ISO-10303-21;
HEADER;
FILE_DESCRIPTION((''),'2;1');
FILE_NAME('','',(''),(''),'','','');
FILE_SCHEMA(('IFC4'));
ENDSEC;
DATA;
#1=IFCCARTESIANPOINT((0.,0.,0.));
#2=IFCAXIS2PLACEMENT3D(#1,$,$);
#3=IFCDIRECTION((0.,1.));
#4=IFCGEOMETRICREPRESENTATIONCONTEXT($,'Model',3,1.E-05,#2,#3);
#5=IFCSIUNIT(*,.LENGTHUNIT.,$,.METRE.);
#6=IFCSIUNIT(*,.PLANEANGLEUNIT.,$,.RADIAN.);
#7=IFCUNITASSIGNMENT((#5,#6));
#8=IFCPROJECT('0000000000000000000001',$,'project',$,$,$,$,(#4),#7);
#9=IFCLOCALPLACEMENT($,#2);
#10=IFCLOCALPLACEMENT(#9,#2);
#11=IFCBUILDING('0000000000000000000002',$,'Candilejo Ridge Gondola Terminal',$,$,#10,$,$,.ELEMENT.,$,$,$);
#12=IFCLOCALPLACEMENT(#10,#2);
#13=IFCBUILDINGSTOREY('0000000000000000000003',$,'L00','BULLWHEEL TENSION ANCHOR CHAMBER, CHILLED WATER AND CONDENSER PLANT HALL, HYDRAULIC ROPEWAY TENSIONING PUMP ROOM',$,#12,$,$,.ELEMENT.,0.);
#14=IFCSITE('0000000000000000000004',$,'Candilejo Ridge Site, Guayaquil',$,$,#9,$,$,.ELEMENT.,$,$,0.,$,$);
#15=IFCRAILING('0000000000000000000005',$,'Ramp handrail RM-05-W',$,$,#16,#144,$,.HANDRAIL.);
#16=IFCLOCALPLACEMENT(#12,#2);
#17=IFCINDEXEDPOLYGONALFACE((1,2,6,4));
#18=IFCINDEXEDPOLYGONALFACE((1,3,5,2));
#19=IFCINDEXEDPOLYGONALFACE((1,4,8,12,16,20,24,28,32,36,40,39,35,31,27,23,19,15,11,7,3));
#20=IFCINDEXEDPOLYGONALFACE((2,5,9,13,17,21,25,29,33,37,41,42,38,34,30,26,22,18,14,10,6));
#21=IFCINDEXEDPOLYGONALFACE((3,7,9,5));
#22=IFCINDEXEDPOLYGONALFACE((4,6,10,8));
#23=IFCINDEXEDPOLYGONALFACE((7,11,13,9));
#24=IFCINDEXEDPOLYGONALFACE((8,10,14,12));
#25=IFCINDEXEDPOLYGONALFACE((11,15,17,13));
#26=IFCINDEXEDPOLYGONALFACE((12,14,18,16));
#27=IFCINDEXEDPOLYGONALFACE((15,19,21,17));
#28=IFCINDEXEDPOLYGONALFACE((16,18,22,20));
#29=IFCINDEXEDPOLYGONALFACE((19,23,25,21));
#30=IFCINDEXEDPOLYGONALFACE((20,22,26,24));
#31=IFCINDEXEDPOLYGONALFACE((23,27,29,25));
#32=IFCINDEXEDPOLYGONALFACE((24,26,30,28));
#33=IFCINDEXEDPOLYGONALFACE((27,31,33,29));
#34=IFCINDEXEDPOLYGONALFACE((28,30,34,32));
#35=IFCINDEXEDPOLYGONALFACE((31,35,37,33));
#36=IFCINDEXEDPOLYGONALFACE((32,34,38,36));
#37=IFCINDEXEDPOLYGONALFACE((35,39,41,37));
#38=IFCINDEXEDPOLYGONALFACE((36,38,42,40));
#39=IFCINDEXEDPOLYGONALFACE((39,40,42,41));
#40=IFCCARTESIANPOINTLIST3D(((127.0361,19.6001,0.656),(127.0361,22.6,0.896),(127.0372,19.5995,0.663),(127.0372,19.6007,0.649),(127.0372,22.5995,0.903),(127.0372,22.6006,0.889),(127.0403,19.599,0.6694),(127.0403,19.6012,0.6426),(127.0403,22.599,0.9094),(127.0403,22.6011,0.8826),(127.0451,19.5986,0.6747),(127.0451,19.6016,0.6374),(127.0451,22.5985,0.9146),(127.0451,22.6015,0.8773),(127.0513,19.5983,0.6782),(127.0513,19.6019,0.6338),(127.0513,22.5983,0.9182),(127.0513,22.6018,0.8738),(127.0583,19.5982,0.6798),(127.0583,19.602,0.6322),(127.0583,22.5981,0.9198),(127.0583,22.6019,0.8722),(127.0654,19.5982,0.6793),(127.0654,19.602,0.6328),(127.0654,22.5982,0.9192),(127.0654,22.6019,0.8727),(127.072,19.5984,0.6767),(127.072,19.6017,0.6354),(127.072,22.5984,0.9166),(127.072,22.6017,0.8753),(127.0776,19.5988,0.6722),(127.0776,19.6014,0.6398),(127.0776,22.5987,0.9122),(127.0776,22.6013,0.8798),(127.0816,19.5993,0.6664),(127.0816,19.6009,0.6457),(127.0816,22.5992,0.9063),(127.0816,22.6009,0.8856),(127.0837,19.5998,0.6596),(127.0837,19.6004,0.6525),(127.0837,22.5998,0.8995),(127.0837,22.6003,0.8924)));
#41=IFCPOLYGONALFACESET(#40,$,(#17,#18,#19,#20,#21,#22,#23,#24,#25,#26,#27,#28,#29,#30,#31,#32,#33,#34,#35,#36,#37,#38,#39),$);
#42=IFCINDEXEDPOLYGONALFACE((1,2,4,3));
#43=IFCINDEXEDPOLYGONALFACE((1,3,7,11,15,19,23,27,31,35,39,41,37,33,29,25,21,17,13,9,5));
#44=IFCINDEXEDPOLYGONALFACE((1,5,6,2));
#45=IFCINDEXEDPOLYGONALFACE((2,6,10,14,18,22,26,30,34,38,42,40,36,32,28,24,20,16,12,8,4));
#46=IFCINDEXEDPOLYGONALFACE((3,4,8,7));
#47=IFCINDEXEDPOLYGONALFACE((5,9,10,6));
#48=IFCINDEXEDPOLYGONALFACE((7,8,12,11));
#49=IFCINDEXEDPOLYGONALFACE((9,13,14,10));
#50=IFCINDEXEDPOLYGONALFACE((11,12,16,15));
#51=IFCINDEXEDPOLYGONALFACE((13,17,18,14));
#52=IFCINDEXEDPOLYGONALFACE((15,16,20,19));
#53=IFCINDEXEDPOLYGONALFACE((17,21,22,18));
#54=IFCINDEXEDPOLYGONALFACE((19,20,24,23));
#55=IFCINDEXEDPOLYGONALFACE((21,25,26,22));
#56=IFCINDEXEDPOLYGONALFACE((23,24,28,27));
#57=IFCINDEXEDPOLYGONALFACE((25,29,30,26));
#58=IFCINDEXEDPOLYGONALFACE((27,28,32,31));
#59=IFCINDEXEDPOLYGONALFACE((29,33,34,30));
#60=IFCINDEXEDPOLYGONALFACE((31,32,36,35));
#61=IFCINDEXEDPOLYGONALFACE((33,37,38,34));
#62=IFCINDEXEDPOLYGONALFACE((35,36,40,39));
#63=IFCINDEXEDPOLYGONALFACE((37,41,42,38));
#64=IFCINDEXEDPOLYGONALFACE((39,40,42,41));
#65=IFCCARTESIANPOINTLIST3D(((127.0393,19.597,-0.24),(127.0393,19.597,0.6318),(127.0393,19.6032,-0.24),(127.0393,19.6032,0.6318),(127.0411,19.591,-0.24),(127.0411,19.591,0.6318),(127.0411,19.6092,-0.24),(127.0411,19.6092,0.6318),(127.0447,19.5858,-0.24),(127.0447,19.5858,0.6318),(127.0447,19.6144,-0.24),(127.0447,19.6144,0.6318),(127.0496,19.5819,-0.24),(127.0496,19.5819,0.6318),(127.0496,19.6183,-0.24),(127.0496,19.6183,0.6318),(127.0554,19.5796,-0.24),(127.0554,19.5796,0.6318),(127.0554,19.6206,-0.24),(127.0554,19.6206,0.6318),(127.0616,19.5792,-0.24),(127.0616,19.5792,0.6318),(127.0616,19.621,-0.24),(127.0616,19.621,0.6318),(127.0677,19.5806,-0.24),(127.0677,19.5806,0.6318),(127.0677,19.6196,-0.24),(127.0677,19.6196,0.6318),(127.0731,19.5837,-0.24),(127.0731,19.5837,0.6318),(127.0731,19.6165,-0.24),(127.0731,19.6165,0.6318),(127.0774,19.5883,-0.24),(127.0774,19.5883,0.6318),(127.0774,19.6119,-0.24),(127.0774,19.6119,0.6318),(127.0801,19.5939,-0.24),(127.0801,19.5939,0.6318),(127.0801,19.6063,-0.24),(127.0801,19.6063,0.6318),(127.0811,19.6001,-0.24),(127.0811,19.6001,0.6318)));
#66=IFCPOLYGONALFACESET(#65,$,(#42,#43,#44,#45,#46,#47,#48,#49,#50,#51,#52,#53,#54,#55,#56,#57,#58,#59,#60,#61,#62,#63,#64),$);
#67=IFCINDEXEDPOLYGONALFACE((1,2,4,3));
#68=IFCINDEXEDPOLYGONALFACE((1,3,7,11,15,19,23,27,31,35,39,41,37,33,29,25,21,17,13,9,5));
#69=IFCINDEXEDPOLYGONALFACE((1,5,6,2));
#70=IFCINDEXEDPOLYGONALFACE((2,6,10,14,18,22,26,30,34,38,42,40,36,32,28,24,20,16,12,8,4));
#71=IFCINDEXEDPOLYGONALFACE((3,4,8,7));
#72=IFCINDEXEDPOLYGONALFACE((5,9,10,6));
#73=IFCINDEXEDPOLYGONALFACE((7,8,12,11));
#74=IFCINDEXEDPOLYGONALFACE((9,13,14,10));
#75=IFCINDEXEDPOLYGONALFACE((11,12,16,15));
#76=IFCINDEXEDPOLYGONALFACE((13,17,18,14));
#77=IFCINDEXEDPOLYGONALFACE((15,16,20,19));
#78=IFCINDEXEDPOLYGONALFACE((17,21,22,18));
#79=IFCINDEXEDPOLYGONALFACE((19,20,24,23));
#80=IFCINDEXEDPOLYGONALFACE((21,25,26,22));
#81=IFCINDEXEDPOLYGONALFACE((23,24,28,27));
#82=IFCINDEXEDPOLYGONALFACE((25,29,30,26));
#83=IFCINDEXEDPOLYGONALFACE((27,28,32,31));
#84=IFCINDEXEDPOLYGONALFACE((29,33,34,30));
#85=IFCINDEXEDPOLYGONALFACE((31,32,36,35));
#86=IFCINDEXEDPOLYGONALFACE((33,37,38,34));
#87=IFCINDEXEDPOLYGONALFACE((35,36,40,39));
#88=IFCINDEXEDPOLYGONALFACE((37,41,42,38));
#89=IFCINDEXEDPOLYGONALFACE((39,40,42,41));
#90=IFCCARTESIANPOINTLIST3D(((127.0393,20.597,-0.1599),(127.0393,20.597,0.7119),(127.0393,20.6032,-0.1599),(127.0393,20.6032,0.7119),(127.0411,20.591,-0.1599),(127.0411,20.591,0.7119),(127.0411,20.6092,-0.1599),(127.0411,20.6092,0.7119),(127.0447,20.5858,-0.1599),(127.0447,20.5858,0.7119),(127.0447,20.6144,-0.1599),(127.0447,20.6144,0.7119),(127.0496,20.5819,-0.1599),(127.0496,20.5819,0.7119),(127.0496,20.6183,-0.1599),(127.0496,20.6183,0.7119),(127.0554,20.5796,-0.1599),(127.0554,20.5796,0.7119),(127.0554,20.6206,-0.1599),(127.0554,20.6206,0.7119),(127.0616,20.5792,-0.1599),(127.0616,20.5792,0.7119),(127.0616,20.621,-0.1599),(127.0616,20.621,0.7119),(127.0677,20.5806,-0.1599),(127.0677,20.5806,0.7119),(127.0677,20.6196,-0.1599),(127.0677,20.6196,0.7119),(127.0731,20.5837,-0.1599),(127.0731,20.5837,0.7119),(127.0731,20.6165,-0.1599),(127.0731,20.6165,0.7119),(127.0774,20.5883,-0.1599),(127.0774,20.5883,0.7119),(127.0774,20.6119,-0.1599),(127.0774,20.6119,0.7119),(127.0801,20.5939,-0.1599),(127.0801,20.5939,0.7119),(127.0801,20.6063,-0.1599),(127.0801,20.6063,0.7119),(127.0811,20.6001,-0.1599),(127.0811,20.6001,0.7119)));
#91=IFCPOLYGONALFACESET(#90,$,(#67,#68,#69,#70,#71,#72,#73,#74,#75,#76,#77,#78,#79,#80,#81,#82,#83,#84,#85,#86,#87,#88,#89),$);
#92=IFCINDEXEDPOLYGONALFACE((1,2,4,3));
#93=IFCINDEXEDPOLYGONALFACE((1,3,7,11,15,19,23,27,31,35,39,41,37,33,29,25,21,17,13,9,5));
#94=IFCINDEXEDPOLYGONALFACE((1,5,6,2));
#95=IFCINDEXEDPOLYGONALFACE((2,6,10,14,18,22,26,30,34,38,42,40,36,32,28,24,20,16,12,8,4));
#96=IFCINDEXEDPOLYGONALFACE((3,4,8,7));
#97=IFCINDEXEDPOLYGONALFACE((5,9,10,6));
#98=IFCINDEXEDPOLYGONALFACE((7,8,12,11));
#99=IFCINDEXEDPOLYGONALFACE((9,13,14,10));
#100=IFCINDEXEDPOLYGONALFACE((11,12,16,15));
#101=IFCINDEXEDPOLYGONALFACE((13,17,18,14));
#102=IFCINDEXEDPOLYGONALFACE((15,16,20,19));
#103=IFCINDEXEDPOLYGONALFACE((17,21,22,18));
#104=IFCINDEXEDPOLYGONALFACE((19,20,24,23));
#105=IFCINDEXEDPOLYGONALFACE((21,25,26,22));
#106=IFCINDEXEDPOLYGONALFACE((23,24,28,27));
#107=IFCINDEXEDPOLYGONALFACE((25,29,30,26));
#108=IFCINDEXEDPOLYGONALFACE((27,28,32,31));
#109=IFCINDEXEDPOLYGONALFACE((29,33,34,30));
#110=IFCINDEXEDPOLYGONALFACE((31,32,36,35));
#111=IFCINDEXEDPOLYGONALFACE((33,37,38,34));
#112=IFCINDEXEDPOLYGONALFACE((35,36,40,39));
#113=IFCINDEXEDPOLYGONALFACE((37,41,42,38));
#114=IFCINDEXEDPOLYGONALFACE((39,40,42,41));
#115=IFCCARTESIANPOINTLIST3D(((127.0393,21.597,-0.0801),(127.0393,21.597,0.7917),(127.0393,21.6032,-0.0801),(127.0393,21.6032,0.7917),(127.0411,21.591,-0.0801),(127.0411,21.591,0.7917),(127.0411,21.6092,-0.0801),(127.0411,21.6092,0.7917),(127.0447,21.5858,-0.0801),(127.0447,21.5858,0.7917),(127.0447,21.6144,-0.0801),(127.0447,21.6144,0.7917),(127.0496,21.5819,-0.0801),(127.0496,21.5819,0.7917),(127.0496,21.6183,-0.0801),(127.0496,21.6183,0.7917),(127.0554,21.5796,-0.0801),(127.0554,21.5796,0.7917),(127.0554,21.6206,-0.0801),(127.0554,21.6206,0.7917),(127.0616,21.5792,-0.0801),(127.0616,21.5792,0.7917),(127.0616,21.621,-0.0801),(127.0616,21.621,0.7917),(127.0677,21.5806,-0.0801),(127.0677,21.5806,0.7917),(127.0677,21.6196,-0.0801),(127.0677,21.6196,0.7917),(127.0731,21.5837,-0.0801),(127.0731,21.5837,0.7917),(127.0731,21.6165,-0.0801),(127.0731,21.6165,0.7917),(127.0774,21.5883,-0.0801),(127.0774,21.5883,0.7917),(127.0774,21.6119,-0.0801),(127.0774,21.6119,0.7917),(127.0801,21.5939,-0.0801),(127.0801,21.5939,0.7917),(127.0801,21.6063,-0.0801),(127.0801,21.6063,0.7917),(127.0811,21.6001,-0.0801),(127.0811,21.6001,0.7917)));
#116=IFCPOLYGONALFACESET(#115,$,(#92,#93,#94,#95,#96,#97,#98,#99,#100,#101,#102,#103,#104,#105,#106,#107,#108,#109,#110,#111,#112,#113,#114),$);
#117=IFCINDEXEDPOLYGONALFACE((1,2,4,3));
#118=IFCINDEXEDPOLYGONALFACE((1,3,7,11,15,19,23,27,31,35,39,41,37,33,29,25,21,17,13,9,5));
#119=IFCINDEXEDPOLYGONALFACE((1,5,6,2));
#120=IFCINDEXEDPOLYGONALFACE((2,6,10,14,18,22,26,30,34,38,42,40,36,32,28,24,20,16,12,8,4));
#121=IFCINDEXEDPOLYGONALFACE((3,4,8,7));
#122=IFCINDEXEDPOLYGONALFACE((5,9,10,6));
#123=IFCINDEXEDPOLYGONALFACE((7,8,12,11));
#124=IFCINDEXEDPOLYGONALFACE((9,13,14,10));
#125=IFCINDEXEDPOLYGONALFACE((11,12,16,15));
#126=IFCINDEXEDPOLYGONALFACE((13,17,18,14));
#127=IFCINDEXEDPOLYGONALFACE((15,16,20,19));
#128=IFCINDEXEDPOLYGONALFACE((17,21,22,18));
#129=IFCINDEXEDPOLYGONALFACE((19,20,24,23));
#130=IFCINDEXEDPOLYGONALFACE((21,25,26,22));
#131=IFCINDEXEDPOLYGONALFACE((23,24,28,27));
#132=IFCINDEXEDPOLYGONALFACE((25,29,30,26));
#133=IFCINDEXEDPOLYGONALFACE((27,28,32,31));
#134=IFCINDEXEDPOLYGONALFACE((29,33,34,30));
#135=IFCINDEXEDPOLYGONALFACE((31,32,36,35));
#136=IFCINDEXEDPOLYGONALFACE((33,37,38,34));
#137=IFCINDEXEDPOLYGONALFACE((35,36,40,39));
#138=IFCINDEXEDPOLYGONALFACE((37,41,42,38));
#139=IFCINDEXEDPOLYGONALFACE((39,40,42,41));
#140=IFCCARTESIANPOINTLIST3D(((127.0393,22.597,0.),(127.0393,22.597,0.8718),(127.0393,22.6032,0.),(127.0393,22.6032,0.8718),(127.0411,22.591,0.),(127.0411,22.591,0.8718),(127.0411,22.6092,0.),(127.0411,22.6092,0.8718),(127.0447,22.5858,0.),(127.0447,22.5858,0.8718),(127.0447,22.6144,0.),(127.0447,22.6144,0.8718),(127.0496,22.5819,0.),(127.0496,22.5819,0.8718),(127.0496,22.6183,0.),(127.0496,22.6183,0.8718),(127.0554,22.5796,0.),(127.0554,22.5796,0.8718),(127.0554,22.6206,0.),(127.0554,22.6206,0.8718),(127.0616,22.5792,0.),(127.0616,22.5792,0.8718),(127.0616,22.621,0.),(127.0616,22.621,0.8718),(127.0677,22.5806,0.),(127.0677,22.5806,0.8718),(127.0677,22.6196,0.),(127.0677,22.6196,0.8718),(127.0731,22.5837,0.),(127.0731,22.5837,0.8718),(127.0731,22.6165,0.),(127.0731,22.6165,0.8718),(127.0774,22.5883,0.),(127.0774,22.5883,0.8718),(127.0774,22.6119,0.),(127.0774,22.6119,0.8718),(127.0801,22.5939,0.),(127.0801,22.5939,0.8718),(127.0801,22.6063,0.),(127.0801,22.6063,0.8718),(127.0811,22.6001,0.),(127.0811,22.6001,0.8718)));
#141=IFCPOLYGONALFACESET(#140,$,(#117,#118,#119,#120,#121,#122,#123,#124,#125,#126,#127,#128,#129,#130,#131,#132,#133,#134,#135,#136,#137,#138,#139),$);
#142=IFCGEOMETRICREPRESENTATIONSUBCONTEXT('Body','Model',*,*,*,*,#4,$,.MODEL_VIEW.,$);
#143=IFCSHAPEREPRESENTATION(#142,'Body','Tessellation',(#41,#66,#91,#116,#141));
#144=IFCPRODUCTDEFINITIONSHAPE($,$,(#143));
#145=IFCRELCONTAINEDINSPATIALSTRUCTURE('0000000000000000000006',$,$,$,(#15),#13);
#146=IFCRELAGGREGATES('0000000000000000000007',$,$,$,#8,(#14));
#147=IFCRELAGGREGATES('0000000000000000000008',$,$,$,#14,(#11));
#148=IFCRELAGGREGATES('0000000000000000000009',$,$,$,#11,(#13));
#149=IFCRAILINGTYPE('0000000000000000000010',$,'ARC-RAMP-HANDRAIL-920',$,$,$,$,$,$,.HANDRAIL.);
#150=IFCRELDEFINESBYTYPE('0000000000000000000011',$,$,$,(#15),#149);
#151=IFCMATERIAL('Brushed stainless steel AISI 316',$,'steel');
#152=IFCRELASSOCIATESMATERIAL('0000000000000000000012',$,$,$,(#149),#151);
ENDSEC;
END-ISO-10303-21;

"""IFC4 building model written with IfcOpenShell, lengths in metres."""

from ifc_helpers import new_model, si_unit, direction, frame, origin, origin_2d, place, context, subcontext, project, spatial, circle, extrude, material, type_object, element, save


model = new_model("IFC4")

# Units and contexts
model_context = context("Model", 3, precision=1e-05, world=origin(), true_north=direction((0.0, 1.0)))
body_context = subcontext(model_context, "Body", "Model", "MODEL_VIEW")
ifc_project = project(units=[si_unit("LENGTHUNIT", "METRE"), si_unit("PLANEANGLEUNIT", "RADIAN")], contexts=[model_context])

# Site, building, storey
site_placement = place(None, origin())
site = spatial("IfcSite", under=ifc_project, at=site_placement, Name="Candilejo Ridge Site, Guayaquil", CompositionType="ELEMENT", RefElevation=0.0)
building_placement = place(site_placement, origin())
building = spatial("IfcBuilding", under=site, at=building_placement, Name="Candilejo Ridge Gondola Terminal", CompositionType="ELEMENT")
storey_placement = place(building_placement, origin())
storey = spatial("IfcBuildingStorey", under=building, at=storey_placement, Name="L00", Description="BULLWHEEL TENSION ANCHOR CHAMBER, CHILLED WATER AND CONDENSER PLANT HALL, HYDRAULIC ROPEWAY TENSIONING PUMP ROOM", CompositionType="ELEMENT", Elevation=0.0)

# Railing
ifc_material_1 = material(Name="Brushed stainless steel AISI 316", Category="steel")
railing_type = type_object("IfcRailingType", Name="ARC-RAMP-HANDRAIL-920", PredefinedType="HANDRAIL", material=ifc_material_1)
for number, where, name in (
    (1, (127.0601, 19.6001, -0.24), "Ramp handrail RM-05-W"),
):
    element("IfcRailing", number, at=place(storey_placement, frame(where)), inside=storey, type_object=railing_type, Name=name, PredefinedType="HANDRAIL", context=body_context, shape_type="SweptSolid", body=[
        extrude(circle(Radius=0.0239, at=origin_2d()), frame((0.0, 0.0, 0.896), z_axis=(0.0, 0.996816, 0.079742), x_axis=(-1.0, 0.0, 0.0)), (0.0, 0.0, 1.0), 3.0095),
        extrude(circle(Radius=0.021, at=origin_2d()), origin(), (0.0, 0.0, 1.0), 0.8718),
        extrude(circle(Radius=0.021, at=origin_2d()), frame((0.0, 1.0, 0.0801)), (0.0, 0.0, 1.0), 0.8718),
        extrude(circle(Radius=0.021, at=origin_2d()), frame((0.0, 2.0, 0.1599)), (0.0, 0.0, 1.0), 0.8718),
        extrude(circle(Radius=0.021, at=origin_2d()), frame((0.0, 3.0, 0.24)), (0.0, 0.0, 1.0), 0.8718),
    ])

save(model, "model.ifc")
